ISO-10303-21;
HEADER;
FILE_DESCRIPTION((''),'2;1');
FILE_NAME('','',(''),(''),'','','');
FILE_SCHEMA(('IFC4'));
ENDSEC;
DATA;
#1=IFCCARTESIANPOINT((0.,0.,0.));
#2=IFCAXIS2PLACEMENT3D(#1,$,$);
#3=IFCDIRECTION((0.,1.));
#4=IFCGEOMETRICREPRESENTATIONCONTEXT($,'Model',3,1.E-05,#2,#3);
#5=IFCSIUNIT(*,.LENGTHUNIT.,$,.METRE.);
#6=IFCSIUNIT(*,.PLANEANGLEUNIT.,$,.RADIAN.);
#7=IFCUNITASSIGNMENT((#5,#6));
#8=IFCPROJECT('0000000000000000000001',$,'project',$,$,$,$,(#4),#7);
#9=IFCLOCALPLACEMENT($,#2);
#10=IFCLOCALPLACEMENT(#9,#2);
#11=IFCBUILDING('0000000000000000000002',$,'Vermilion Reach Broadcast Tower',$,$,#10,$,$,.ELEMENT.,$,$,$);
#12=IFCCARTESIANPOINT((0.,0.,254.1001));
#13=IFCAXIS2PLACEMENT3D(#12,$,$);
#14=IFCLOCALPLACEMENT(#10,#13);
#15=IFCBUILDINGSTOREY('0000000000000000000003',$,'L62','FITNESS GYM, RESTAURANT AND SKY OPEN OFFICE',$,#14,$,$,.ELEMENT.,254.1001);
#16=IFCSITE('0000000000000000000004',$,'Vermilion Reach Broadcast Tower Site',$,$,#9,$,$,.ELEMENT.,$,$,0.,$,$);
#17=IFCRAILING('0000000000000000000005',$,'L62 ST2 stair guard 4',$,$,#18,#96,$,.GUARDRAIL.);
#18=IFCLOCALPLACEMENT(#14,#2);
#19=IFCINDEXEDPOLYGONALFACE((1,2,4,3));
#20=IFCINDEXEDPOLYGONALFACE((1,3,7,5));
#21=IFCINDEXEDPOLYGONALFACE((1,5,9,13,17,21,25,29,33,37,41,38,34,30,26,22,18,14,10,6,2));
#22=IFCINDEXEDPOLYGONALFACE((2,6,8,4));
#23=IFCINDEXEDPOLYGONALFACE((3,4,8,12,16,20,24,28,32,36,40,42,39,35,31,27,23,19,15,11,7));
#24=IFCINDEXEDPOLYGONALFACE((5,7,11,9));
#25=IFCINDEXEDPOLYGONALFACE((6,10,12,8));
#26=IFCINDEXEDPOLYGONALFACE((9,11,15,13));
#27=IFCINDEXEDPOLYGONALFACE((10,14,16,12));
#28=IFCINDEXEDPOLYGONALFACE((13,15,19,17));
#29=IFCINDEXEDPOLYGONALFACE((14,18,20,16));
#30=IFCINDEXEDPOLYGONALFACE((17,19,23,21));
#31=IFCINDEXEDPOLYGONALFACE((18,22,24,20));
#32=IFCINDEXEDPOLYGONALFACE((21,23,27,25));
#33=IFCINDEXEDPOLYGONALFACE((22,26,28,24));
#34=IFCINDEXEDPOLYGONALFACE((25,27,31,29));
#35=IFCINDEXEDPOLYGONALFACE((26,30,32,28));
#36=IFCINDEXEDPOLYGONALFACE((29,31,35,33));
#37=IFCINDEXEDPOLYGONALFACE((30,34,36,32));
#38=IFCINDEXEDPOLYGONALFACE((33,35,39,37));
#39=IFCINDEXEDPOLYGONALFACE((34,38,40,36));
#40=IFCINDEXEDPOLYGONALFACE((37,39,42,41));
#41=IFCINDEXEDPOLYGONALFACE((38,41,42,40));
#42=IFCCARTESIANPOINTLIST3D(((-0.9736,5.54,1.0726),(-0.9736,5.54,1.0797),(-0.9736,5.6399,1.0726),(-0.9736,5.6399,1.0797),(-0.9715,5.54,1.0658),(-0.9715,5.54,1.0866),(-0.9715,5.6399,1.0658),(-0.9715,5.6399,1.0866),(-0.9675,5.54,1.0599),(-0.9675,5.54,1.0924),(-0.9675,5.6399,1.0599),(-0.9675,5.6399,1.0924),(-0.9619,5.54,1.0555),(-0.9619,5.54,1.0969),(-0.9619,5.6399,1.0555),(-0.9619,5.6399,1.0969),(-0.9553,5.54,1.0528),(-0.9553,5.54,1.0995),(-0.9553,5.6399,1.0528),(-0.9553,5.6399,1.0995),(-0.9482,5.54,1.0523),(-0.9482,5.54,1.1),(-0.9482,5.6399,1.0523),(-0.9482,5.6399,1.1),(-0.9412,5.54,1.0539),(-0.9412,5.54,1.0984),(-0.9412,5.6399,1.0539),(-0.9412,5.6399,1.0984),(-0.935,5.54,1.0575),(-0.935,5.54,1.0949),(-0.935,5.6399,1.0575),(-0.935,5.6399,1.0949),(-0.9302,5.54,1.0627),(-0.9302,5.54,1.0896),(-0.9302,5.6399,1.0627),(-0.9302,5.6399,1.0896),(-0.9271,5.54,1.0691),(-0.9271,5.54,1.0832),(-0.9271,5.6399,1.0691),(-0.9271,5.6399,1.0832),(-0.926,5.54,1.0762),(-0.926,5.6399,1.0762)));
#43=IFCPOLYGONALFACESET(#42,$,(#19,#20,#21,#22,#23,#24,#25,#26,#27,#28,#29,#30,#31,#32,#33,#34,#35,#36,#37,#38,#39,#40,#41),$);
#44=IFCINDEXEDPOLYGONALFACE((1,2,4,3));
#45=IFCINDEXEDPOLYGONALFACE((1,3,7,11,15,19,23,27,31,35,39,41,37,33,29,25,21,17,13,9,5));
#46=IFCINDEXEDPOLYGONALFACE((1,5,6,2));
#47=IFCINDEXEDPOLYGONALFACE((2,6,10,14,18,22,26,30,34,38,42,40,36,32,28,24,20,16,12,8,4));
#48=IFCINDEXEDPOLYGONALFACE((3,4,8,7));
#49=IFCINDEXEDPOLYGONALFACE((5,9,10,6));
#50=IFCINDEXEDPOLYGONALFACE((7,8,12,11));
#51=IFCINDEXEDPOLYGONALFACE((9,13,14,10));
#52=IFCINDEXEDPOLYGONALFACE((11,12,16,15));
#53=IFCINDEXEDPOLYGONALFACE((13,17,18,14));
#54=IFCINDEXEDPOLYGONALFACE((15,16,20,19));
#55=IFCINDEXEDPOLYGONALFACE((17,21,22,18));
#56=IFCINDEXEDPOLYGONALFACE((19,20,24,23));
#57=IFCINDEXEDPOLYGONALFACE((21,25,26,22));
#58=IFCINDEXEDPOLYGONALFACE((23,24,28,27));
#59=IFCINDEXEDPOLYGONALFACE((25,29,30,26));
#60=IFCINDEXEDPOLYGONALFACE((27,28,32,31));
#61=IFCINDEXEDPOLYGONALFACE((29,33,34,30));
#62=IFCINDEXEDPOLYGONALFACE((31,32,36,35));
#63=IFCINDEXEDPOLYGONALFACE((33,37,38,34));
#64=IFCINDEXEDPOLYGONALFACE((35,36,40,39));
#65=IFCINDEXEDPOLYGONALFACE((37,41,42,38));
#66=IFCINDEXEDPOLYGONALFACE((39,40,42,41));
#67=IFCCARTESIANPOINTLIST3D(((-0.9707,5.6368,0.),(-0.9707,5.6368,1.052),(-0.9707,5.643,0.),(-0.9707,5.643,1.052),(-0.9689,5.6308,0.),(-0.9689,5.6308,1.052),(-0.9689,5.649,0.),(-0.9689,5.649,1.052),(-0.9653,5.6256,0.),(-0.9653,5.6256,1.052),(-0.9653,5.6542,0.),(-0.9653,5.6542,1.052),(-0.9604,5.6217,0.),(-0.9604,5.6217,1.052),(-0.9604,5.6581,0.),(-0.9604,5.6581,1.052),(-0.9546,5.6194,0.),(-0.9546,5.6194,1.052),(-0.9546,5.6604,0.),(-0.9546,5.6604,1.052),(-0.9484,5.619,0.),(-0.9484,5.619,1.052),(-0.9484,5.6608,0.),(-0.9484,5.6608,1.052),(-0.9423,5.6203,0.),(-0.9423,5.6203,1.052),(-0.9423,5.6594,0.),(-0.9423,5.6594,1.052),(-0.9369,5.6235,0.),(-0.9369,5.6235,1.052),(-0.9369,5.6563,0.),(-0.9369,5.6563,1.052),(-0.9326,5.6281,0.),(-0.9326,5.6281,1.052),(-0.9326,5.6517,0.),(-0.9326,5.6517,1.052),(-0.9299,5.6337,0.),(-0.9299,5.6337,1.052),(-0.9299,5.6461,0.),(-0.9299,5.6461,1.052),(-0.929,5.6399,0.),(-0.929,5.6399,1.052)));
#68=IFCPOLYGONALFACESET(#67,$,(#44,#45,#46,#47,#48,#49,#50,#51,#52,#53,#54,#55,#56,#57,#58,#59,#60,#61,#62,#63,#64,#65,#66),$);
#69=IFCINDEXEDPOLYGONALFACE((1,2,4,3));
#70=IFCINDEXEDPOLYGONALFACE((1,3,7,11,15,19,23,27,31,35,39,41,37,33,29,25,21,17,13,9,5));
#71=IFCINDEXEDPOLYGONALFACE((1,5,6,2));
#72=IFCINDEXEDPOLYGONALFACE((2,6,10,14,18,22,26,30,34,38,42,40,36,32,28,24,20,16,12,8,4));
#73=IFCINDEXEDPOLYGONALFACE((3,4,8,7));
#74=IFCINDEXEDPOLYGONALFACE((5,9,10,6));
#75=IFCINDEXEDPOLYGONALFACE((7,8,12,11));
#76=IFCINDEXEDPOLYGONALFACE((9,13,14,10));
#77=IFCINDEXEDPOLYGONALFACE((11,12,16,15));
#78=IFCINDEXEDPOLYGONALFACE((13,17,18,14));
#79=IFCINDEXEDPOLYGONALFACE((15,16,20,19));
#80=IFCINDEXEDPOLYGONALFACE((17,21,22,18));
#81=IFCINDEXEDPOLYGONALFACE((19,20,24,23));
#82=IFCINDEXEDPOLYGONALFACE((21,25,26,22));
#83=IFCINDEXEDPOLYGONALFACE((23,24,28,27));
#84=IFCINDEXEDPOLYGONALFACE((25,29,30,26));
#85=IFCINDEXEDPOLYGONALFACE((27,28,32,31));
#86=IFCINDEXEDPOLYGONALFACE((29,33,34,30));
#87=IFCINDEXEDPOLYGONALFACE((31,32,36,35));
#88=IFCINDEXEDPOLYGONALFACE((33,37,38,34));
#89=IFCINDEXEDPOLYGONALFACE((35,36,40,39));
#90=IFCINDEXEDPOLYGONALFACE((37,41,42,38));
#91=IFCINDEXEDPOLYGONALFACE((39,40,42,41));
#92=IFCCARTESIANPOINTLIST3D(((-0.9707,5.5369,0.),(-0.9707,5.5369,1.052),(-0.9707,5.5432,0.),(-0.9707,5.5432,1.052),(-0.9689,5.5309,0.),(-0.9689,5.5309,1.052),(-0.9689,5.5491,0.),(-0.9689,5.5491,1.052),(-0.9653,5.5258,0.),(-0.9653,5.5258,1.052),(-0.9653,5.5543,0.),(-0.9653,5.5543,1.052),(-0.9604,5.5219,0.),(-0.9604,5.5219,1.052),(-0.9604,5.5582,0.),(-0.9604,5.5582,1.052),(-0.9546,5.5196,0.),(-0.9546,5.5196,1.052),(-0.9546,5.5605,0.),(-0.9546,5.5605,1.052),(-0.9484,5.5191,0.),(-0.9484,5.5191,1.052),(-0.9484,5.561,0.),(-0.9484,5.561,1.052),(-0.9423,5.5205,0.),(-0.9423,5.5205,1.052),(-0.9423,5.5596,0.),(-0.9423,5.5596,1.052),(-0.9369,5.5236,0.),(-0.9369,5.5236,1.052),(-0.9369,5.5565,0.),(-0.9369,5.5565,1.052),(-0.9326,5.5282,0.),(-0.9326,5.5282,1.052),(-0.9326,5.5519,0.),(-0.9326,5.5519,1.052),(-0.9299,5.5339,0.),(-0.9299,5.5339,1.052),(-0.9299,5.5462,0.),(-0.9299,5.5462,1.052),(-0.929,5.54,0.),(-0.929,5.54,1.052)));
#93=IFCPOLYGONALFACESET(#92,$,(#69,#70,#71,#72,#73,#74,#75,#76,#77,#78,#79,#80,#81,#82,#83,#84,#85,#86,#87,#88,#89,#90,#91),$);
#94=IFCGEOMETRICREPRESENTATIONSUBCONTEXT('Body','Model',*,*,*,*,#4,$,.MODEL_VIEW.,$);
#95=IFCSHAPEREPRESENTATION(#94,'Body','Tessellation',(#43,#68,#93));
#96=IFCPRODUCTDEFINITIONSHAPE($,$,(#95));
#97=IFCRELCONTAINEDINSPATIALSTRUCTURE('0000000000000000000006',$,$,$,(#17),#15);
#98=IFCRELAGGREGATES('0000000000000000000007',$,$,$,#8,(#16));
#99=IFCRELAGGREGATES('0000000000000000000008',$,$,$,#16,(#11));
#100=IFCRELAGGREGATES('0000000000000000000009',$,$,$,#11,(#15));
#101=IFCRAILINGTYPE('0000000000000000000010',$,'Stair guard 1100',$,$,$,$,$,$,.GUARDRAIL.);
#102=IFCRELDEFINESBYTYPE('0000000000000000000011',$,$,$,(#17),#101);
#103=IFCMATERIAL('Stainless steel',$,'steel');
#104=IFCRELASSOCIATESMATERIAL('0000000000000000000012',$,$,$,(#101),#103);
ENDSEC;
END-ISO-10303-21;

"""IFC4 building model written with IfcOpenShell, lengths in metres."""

from ifc_helpers import new_model, si_unit, direction, frame, origin, origin_2d, place, context, subcontext, project, spatial, circle, extrude, material, type_object, element, save


model = new_model("IFC4")

# Units and contexts
model_context = context("Model", 3, precision=1e-05, world=origin(), true_north=direction((0.0, 1.0)))
body_context = subcontext(model_context, "Body", "Model", "MODEL_VIEW")
ifc_project = project(units=[si_unit("LENGTHUNIT", "METRE"), si_unit("PLANEANGLEUNIT", "RADIAN")], contexts=[model_context])

# Site, building, storey
site_placement = place(None, origin())
site = spatial("IfcSite", under=ifc_project, at=site_placement, Name="Vermilion Reach Broadcast Tower Site", CompositionType="ELEMENT", RefElevation=0.0)
building_placement = place(site_placement, origin())
building = spatial("IfcBuilding", under=site, at=building_placement, Name="Vermilion Reach Broadcast Tower", CompositionType="ELEMENT")
storey_placement = place(building_placement, frame((0.0, 0.0, 254.1001)))
storey = spatial("IfcBuildingStorey", under=building, at=storey_placement, Name="L62", Description="FITNESS GYM, RESTAURANT AND SKY OPEN OFFICE", CompositionType="ELEMENT", Elevation=254.1001)

# Railing
ifc_material_1 = material(Name="Stainless steel", Category="steel")
railing_type_1 = type_object("IfcRailingType", Name="Stair guard 1100", PredefinedType="GUARDRAIL", material=ifc_material_1)
railing_1_placement = place(storey_placement, frame((-0.95, 5.6399, 0.0)))
element("IfcRailing", 1, at=railing_1_placement, inside=storey, type_object=railing_type_1, Name="L62 ST2 stair guard 4", PredefinedType="GUARDRAIL", context=body_context, shape_type="SweptSolid", body=[
    extrude(circle(Radius=0.0239, at=origin_2d()), frame((0.0, 0.0, 1.0762), z_axis=(0.0, -1.0, 0.0), x_axis=(1.0, 0.0, 0.0)), (0.0, 0.0, 1.0), 0.0999),
    extrude(circle(Radius=0.021, at=origin_2d()), origin(), (0.0, 0.0, 1.0), 1.052),
    extrude(circle(Radius=0.021, at=origin_2d()), frame((0.0, -0.0999, 0.0)), (0.0, 0.0, 1.0), 1.052),
])

save(model, "model.ifc")
